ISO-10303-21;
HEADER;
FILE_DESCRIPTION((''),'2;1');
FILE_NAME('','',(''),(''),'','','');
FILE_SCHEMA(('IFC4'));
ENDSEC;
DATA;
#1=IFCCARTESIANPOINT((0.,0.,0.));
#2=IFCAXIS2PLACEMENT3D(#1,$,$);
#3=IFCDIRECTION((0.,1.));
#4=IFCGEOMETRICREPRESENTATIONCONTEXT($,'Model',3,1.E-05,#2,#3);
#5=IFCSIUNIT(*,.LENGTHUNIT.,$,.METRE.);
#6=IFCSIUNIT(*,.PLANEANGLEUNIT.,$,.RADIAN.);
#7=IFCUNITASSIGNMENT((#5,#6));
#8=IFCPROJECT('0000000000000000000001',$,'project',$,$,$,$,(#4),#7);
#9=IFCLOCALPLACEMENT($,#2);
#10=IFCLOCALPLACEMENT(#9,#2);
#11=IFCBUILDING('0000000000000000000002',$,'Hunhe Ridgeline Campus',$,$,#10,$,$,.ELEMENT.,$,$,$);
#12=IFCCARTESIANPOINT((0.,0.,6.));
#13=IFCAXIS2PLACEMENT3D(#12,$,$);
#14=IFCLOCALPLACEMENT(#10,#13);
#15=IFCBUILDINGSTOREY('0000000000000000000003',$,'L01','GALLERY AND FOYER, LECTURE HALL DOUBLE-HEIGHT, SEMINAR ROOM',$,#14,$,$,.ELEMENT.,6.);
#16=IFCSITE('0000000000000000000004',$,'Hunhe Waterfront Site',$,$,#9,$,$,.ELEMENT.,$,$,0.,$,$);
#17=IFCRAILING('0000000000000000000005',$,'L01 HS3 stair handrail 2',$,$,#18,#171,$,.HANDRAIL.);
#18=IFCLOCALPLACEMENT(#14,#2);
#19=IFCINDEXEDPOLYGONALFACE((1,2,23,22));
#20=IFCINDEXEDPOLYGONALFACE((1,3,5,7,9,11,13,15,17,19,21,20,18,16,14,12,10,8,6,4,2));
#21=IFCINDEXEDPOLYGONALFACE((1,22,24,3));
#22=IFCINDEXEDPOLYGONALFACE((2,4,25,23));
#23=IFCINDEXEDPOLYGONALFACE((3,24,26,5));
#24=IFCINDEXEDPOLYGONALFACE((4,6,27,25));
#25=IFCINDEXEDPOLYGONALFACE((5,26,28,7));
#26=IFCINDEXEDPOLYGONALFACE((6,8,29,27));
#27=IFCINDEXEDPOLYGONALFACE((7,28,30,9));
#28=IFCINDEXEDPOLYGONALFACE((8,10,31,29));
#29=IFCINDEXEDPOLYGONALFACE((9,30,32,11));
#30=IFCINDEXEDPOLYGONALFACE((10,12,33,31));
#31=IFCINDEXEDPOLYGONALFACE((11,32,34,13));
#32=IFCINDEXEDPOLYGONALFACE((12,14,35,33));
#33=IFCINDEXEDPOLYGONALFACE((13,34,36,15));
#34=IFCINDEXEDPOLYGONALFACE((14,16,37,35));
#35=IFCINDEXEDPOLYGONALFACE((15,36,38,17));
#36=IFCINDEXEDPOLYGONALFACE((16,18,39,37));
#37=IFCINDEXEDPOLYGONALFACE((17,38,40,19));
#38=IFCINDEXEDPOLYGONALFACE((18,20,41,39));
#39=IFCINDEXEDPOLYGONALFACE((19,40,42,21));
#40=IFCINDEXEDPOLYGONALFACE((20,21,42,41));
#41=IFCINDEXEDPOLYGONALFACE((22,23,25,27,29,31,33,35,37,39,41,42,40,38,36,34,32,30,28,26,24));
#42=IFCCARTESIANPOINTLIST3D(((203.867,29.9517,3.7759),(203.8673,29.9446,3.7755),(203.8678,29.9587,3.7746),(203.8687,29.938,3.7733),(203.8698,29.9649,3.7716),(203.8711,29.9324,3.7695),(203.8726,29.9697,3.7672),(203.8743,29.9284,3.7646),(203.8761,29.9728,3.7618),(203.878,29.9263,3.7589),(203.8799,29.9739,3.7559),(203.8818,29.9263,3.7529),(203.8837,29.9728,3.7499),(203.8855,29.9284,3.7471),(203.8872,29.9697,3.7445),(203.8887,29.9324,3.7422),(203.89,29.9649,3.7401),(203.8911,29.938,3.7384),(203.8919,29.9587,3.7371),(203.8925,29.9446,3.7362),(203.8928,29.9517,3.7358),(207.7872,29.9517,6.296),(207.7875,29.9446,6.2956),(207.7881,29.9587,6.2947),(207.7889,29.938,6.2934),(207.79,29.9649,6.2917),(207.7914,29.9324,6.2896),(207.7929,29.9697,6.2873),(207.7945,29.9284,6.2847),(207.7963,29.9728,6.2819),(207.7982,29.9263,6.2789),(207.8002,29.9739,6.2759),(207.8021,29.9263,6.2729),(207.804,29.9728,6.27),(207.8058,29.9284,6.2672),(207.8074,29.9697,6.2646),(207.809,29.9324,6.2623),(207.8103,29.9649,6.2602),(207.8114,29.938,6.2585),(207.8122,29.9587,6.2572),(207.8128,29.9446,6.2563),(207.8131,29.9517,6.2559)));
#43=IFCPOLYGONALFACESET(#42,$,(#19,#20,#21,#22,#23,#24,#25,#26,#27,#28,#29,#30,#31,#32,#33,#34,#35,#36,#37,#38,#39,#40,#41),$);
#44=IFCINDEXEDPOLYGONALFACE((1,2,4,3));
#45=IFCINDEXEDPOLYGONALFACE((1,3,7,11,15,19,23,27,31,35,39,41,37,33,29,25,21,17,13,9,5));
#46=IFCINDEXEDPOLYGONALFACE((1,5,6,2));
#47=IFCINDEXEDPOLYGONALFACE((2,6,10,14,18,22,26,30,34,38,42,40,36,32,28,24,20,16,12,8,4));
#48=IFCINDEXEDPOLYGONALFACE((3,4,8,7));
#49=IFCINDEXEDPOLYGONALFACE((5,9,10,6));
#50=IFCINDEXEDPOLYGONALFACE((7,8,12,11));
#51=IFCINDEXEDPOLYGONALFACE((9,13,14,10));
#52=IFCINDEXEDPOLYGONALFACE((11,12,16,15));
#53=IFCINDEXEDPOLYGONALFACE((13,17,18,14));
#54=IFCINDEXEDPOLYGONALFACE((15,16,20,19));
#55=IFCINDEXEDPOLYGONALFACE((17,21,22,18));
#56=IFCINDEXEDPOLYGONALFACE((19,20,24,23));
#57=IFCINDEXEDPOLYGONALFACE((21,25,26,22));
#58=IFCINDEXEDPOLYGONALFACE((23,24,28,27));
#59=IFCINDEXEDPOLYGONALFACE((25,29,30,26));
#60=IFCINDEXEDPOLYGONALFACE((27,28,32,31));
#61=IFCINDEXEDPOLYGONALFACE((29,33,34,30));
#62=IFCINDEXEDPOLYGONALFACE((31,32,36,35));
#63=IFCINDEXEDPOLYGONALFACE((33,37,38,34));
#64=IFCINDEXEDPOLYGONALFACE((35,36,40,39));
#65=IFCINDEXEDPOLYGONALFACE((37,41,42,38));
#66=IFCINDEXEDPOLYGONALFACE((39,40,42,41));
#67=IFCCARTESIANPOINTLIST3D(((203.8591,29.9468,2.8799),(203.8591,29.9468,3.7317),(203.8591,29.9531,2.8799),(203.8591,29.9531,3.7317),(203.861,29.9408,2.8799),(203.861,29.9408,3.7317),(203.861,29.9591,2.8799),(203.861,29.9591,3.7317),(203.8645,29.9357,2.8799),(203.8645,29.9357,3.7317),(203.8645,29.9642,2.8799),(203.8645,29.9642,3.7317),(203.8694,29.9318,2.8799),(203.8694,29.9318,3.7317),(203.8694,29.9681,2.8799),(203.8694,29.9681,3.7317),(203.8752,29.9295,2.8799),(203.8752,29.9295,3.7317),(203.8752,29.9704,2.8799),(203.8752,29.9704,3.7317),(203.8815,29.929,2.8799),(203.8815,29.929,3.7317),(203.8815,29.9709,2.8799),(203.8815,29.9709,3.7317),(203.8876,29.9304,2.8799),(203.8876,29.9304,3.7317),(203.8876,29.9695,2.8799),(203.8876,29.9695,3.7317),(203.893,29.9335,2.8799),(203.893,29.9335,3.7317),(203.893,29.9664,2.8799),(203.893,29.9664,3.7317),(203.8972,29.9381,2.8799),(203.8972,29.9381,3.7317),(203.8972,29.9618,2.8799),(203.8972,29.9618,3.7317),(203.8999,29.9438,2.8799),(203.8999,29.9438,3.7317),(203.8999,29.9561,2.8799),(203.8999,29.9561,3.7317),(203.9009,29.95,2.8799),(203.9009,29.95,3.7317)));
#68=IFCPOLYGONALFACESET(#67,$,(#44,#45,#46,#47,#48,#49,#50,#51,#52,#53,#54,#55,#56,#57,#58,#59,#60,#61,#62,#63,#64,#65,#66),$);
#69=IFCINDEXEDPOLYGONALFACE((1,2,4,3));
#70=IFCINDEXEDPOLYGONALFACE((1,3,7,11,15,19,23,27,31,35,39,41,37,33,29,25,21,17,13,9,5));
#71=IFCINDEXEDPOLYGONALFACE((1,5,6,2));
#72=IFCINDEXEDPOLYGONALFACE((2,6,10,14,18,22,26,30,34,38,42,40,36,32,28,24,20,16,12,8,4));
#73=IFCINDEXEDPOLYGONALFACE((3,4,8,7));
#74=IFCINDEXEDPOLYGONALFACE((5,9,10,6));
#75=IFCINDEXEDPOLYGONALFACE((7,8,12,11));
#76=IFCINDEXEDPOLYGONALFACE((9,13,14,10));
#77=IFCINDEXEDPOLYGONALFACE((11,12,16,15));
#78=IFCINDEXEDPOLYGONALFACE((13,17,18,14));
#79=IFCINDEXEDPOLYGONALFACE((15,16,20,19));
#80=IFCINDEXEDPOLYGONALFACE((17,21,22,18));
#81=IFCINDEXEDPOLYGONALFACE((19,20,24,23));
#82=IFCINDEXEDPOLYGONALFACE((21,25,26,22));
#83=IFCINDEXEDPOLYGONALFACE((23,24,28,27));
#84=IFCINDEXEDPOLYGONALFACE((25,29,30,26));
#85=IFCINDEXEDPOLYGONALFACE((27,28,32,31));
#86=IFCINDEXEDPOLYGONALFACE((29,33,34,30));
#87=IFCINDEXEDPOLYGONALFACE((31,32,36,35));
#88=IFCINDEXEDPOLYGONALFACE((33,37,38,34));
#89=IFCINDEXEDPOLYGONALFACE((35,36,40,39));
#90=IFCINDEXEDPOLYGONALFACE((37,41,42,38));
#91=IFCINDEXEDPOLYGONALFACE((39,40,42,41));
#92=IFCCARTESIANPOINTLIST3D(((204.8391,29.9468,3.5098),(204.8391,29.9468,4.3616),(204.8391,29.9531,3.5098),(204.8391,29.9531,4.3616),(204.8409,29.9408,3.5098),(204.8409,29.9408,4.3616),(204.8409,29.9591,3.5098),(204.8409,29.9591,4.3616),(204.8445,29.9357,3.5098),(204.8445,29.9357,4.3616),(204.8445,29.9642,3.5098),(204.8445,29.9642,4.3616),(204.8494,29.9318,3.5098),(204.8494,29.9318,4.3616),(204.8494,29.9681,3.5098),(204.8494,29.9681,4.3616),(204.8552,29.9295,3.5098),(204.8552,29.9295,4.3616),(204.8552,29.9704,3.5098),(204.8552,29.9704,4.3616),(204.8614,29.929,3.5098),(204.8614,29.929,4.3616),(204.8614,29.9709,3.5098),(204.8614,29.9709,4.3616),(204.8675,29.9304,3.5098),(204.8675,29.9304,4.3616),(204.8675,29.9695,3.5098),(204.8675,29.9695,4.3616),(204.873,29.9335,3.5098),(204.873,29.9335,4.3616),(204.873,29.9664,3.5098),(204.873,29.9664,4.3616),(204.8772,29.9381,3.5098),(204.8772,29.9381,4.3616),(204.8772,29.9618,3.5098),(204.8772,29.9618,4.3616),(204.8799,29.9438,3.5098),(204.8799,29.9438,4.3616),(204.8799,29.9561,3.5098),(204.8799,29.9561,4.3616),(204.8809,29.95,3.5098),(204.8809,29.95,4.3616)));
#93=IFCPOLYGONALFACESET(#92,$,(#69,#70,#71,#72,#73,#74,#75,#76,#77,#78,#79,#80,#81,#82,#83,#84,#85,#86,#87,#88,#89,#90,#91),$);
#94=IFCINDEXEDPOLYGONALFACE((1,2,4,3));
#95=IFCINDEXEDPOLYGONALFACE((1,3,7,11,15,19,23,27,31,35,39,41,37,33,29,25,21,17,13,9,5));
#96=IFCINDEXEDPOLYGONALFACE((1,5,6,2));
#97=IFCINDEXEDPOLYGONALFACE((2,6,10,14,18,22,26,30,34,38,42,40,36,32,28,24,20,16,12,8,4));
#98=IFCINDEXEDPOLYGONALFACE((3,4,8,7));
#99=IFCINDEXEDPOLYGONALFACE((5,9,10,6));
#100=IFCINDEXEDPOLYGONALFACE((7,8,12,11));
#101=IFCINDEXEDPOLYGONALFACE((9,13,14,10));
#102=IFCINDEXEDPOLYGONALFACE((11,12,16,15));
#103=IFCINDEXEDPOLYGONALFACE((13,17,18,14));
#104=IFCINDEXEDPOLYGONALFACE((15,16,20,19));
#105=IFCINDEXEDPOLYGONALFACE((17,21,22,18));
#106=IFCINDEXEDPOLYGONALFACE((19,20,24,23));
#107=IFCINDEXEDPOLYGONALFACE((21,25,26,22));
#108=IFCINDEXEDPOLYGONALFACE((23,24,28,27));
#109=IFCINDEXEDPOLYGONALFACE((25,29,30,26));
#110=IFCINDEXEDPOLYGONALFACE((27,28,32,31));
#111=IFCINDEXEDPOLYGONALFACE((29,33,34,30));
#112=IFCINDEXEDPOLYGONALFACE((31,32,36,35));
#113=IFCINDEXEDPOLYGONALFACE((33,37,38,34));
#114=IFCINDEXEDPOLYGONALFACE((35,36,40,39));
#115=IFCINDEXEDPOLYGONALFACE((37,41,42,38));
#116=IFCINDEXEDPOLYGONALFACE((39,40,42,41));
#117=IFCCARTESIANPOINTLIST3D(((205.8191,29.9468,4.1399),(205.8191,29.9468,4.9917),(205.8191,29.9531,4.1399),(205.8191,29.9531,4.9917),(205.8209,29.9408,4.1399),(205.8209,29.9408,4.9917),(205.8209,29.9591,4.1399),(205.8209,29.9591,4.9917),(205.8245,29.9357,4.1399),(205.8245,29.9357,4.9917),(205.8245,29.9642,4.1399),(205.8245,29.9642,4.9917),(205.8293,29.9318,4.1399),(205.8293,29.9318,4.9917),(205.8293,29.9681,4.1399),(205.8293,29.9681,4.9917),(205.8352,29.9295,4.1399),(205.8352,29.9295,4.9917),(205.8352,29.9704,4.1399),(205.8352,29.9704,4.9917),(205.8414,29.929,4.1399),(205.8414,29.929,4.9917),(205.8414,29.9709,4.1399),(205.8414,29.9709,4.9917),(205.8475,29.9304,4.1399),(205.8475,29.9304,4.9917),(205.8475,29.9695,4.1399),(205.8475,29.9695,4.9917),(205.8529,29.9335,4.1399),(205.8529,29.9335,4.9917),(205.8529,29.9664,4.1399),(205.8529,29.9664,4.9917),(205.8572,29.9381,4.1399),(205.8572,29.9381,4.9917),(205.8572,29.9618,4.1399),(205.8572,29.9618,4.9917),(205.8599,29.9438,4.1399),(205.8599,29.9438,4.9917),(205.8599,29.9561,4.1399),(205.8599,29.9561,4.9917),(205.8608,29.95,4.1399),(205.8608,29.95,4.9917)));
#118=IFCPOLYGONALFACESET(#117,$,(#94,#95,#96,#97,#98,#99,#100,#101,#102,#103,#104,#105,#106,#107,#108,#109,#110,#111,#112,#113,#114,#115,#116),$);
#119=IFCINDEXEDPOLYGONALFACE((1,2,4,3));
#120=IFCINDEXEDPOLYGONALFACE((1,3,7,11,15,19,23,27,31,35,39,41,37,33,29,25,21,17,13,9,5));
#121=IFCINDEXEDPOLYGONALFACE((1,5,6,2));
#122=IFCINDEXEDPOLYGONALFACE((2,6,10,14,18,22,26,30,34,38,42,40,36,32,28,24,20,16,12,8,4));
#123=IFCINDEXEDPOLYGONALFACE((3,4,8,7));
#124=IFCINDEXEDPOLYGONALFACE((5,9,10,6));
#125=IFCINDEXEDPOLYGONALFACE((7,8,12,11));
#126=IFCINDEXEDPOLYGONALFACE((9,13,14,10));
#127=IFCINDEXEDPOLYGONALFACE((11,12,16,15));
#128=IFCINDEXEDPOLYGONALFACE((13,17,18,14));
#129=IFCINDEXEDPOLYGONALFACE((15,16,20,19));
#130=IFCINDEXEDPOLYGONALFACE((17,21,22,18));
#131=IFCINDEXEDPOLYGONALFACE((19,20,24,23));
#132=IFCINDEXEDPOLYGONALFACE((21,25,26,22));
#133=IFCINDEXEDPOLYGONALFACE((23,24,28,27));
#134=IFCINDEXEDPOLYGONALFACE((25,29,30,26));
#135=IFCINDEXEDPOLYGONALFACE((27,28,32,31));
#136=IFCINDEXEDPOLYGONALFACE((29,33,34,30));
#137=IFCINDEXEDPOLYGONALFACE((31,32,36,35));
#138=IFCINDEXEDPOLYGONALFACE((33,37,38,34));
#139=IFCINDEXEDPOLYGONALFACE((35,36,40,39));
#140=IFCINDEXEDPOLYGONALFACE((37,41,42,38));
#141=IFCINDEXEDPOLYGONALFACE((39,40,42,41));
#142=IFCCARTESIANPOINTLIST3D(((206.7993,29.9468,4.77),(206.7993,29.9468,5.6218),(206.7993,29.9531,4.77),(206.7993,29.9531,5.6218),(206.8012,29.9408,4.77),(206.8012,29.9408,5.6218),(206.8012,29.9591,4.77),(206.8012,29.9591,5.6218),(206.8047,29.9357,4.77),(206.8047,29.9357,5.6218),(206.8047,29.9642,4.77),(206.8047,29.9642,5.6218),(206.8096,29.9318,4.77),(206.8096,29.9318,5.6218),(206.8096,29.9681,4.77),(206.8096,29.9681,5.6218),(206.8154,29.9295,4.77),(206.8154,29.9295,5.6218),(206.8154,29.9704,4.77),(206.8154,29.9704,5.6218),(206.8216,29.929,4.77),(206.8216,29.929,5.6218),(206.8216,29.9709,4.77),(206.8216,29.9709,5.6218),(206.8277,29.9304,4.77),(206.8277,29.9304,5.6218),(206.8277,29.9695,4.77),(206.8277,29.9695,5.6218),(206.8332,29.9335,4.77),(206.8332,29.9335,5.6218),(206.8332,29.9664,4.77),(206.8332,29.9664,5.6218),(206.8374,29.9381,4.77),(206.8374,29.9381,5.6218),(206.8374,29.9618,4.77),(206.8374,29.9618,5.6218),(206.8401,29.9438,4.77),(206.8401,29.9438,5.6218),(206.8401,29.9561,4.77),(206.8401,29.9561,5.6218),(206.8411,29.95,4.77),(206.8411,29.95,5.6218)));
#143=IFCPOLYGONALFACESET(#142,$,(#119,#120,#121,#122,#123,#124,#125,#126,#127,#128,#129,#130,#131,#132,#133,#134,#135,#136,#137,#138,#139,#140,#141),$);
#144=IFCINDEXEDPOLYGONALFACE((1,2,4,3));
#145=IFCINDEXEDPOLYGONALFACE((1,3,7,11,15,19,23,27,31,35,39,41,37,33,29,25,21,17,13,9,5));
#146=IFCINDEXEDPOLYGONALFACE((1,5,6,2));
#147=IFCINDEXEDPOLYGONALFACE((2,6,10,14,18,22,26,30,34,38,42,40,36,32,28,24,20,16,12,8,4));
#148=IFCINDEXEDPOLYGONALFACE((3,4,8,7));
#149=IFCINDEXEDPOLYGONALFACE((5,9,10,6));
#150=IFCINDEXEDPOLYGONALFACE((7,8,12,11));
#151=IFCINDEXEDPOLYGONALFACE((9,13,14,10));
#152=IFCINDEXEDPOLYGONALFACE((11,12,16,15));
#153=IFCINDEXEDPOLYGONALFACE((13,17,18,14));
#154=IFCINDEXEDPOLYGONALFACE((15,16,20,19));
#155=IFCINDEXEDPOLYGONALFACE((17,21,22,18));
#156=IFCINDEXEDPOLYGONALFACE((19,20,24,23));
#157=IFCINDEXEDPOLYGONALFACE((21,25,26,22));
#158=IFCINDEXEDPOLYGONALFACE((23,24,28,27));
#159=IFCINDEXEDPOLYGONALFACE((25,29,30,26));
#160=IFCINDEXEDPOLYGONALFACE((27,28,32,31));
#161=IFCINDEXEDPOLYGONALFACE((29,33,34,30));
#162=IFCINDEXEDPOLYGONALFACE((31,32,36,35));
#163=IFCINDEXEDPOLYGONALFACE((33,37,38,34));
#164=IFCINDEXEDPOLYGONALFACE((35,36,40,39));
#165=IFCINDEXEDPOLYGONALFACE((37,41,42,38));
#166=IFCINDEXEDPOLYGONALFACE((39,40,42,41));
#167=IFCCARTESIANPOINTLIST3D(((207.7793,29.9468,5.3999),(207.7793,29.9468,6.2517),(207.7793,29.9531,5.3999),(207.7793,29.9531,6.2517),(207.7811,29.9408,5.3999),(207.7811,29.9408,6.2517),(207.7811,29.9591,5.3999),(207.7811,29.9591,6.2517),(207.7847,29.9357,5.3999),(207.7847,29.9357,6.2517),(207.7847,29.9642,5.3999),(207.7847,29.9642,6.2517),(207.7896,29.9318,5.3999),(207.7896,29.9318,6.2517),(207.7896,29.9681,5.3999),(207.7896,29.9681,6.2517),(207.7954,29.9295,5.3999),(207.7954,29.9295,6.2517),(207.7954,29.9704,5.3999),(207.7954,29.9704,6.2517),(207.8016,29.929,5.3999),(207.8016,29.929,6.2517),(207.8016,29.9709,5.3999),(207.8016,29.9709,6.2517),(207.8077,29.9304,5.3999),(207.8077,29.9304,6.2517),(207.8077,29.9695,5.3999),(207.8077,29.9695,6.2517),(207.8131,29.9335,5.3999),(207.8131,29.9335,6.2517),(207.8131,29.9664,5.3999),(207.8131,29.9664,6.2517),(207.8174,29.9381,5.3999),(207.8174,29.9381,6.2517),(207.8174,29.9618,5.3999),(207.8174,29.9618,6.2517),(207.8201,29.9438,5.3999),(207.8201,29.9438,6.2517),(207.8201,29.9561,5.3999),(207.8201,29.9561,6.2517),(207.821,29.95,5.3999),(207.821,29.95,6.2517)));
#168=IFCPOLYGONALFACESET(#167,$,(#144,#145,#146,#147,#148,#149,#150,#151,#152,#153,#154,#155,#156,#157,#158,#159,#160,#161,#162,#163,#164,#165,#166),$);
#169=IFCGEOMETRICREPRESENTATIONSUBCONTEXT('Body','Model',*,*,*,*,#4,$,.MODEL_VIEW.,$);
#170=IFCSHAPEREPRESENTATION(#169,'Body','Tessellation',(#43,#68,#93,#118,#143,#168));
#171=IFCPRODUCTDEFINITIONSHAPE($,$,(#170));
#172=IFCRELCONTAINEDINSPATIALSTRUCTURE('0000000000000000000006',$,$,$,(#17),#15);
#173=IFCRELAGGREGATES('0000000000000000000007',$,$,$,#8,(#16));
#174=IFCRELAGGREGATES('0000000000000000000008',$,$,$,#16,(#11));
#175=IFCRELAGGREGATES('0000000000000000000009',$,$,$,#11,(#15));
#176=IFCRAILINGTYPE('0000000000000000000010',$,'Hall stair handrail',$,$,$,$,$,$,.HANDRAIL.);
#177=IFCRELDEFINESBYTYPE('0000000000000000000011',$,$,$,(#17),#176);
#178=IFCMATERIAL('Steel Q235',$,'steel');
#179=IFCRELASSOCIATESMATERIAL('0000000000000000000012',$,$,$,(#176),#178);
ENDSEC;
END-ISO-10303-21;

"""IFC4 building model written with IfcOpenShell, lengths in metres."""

from ifc_helpers import new_model, si_unit, direction, frame, origin, origin_2d, place, context, subcontext, project, spatial, circle, extrude, material, type_object, element, save


model = new_model("IFC4")

# Units and contexts
model_context = context("Model", 3, precision=1e-05, world=origin(), true_north=direction((0.0, 1.0)))
body_context = subcontext(model_context, "Body", "Model", "MODEL_VIEW")
ifc_project = project(units=[si_unit("LENGTHUNIT", "METRE"), si_unit("PLANEANGLEUNIT", "RADIAN")], contexts=[model_context])

# Site, building, storey
site_placement = place(None, origin())
site = spatial("IfcSite", under=ifc_project, at=site_placement, Name="Hunhe Waterfront Site", CompositionType="ELEMENT", RefElevation=0.0)
building_placement = place(site_placement, origin())
building = spatial("IfcBuilding", under=site, at=building_placement, Name="Hunhe Ridgeline Campus", CompositionType="ELEMENT")
storey_placement = place(building_placement, frame((0.0, 0.0, 6.0)))
storey = spatial("IfcBuildingStorey", under=building, at=storey_placement, Name="L01", Description="GALLERY AND FOYER, LECTURE HALL DOUBLE-HEIGHT, SEMINAR ROOM", CompositionType="ELEMENT", Elevation=6.0)

# Shared definitions
ifc_material_1 = material(Name="Steel Q235", Category="steel")

# Railing
railing_type_1 = type_object("IfcRailingType", Name="Hall stair handrail", PredefinedType="HANDRAIL", material=ifc_material_1)
railing_1_placement = place(storey_placement, frame((203.8799, 29.95, 2.8799)))
element("IfcRailing", 1, at=railing_1_placement, inside=storey, type_object=railing_type_1, Name="L01 HS3 stair handrail 2", PredefinedType="HANDRAIL", context=body_context, shape_type="SweptSolid", body=[
    extrude(circle(Radius=0.0239, at=origin_2d()), frame((0.0, 0.0, 0.876), z_axis=(0.841187, 0.0, 0.540744), x_axis=(0.0, 1.0, 0.0)), (0.0, 0.0, 1.0), 4.6604),
    extrude(circle(Radius=0.021, at=origin_2d()), origin(), (0.0, 0.0, 1.0), 0.8518),
    extrude(circle(Radius=0.021, at=origin_2d()), frame((0.98, 0.0, 0.6299)), (0.0, 0.0, 1.0), 0.8518),
    extrude(circle(Radius=0.021, at=origin_2d()), frame((1.96, 0.0, 1.26)), (0.0, 0.0, 1.0), 0.8518),
    extrude(circle(Radius=0.021, at=origin_2d()), frame((2.9402, 0.0, 1.8901)), (0.0, 0.0, 1.0), 0.8518),
    extrude(circle(Radius=0.021, at=origin_2d()), frame((3.9202, 0.0, 2.52)), (0.0, 0.0, 1.0), 0.8518),
])

save(model, "model.ifc")
